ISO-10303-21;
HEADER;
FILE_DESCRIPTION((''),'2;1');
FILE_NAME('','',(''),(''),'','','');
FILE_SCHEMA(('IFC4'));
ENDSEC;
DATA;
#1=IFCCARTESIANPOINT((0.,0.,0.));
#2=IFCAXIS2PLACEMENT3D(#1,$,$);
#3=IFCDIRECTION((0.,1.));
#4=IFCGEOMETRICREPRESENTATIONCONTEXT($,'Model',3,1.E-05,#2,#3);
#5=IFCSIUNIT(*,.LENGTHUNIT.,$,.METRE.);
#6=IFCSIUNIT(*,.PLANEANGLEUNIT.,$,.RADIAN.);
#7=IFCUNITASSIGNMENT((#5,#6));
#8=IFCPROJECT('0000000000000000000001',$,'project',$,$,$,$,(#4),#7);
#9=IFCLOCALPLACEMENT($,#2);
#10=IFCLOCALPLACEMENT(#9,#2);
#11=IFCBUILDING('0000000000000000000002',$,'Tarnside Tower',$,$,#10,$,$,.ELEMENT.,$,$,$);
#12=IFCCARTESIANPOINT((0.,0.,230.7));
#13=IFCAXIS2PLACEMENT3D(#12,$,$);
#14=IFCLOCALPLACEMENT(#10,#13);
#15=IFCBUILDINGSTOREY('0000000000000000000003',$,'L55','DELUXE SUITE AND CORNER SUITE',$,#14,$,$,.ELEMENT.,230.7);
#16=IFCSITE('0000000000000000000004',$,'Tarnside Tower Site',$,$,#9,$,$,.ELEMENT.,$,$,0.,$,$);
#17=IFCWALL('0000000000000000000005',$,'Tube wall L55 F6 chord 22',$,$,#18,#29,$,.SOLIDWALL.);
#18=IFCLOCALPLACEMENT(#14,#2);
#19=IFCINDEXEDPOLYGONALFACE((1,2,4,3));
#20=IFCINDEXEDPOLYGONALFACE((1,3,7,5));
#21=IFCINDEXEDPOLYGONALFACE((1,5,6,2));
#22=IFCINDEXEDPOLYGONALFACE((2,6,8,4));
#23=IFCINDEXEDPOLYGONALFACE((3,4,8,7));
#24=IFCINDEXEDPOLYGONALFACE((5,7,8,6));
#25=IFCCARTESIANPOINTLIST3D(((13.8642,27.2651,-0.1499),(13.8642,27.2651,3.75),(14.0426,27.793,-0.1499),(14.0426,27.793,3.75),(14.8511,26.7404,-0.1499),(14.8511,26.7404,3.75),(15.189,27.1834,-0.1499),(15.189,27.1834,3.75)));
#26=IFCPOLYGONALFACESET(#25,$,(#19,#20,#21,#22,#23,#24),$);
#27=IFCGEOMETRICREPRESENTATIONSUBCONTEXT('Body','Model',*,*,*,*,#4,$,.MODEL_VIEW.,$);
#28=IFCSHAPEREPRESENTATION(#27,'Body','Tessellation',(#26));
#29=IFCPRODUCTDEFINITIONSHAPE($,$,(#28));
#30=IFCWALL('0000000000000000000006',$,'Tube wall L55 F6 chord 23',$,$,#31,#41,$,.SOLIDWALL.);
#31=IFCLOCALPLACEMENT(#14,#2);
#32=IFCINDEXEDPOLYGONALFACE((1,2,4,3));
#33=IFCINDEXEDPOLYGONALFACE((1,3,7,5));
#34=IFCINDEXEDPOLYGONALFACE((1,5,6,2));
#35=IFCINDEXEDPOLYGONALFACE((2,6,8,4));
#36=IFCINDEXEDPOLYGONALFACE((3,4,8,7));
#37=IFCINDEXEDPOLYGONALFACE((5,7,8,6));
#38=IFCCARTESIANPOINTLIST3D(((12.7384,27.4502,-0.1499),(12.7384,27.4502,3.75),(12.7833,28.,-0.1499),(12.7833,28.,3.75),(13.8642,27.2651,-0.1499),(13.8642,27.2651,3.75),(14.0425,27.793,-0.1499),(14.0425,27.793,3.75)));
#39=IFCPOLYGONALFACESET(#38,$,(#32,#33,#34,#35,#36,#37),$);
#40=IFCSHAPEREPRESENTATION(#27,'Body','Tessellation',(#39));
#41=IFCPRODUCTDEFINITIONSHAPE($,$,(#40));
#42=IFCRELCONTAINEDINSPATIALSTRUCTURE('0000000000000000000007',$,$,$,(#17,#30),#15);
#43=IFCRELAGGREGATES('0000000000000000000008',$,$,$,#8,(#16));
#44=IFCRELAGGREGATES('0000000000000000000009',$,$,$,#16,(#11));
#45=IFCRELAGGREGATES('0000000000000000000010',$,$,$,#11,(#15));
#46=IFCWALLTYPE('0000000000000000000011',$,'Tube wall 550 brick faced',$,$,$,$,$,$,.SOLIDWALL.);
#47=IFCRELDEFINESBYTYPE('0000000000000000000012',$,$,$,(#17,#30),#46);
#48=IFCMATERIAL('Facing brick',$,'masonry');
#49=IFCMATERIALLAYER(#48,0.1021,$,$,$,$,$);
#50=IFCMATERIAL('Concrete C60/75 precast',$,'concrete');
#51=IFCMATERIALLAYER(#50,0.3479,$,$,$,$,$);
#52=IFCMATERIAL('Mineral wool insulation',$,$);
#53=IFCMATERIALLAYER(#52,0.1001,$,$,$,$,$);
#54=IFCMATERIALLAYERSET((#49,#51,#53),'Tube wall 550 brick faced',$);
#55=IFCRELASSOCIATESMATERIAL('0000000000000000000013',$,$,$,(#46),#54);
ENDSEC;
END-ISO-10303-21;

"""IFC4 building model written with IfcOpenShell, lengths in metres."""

from ifc_helpers import new_model, si_unit, direction, frame, origin, place, context, subcontext, project, spatial, polyline, outline, extrude, material, layer, layer_set, type_object, element, save


model = new_model("IFC4")

# Units and contexts
model_context = context("Model", 3, precision=1e-05, world=origin(), true_north=direction((0.0, 1.0)))
body_context = subcontext(model_context, "Body", "Model", "MODEL_VIEW")
ifc_project = project(units=[si_unit("LENGTHUNIT", "METRE"), si_unit("PLANEANGLEUNIT", "RADIAN")], contexts=[model_context])

# Site, building, storey
site_placement = place(None, origin())
site = spatial("IfcSite", under=ifc_project, at=site_placement, Name="Tarnside Tower Site", CompositionType="ELEMENT", RefElevation=0.0)
building_placement = place(site_placement, origin())
building = spatial("IfcBuilding", under=site, at=building_placement, Name="Tarnside Tower", CompositionType="ELEMENT")
storey_placement = place(building_placement, frame((0.0, 0.0, 230.7)))
storey = spatial("IfcBuildingStorey", under=building, at=storey_placement, Name="L55", Description="DELUXE SUITE AND CORNER SUITE", CompositionType="ELEMENT", Elevation=230.7)

# Shared definitions
ifc_material_1 = material(Name="Facing brick", Category="masonry")
ifc_layer_1 = layer(ifc_material_1, 0.1021)
ifc_material_2 = material(Name="Concrete C60/75 precast", Category="concrete")
ifc_layer_2 = layer(ifc_material_2, 0.3479)
ifc_material_3 = material(Name="Mineral wool insulation")
ifc_layer_3 = layer(ifc_material_3, 0.1001)
ifc_layer_set_1 = layer_set([ifc_layer_1, ifc_layer_2, ifc_layer_3], Name="Tube wall 550 brick faced")
wall_type_1 = type_object("IfcWallType", Name="Tube wall 550 brick faced", PredefinedType="SOLIDWALL", material=ifc_layer_set_1)

# Walls
wall_1_placement = place(storey_placement, frame((15.02, 26.9619, -0.1499), z_axis=(0.0, 0.0, 1.0), x_axis=(-0.882951, 0.469465, 0.0)))
element("IfcWall", 1, at=wall_1_placement, inside=storey, type_object=wall_type_1, Name="Tube wall L55 F6 chord 22", PredefinedType="SOLIDWALL", context=body_context, shape_type="SweptSolid", body=[
    extrude(outline(polyline([(-0.0452, -0.2749), (1.2532, -0.2749), (1.1628, 0.2749), (0.0452, 0.2749), (-0.0452, -0.2749)])), origin(), (0.0, 0.0, 1.0), 3.8999),
])
wall_2_placement = place(storey_placement, frame((13.9534, 27.5291, -0.1499), z_axis=(0.0, 0.0, 1.0), x_axis=(-0.986752, 0.162236, 0.0)))
element("IfcWall", 2, at=wall_2_placement, inside=storey, type_object=wall_type_1, Name="Tube wall L55 F6 chord 23", PredefinedType="SOLIDWALL", context=body_context, shape_type="SweptSolid", body=[
    extrude(outline(polyline([(-0.0452, -0.2749), (1.231, -0.2749), (1.186, 0.2749), (0.0452, 0.2749), (-0.0452, -0.2749)])), origin(), (0.0, 0.0, 1.0), 3.8999),
])

save(model, "model.ifc")
